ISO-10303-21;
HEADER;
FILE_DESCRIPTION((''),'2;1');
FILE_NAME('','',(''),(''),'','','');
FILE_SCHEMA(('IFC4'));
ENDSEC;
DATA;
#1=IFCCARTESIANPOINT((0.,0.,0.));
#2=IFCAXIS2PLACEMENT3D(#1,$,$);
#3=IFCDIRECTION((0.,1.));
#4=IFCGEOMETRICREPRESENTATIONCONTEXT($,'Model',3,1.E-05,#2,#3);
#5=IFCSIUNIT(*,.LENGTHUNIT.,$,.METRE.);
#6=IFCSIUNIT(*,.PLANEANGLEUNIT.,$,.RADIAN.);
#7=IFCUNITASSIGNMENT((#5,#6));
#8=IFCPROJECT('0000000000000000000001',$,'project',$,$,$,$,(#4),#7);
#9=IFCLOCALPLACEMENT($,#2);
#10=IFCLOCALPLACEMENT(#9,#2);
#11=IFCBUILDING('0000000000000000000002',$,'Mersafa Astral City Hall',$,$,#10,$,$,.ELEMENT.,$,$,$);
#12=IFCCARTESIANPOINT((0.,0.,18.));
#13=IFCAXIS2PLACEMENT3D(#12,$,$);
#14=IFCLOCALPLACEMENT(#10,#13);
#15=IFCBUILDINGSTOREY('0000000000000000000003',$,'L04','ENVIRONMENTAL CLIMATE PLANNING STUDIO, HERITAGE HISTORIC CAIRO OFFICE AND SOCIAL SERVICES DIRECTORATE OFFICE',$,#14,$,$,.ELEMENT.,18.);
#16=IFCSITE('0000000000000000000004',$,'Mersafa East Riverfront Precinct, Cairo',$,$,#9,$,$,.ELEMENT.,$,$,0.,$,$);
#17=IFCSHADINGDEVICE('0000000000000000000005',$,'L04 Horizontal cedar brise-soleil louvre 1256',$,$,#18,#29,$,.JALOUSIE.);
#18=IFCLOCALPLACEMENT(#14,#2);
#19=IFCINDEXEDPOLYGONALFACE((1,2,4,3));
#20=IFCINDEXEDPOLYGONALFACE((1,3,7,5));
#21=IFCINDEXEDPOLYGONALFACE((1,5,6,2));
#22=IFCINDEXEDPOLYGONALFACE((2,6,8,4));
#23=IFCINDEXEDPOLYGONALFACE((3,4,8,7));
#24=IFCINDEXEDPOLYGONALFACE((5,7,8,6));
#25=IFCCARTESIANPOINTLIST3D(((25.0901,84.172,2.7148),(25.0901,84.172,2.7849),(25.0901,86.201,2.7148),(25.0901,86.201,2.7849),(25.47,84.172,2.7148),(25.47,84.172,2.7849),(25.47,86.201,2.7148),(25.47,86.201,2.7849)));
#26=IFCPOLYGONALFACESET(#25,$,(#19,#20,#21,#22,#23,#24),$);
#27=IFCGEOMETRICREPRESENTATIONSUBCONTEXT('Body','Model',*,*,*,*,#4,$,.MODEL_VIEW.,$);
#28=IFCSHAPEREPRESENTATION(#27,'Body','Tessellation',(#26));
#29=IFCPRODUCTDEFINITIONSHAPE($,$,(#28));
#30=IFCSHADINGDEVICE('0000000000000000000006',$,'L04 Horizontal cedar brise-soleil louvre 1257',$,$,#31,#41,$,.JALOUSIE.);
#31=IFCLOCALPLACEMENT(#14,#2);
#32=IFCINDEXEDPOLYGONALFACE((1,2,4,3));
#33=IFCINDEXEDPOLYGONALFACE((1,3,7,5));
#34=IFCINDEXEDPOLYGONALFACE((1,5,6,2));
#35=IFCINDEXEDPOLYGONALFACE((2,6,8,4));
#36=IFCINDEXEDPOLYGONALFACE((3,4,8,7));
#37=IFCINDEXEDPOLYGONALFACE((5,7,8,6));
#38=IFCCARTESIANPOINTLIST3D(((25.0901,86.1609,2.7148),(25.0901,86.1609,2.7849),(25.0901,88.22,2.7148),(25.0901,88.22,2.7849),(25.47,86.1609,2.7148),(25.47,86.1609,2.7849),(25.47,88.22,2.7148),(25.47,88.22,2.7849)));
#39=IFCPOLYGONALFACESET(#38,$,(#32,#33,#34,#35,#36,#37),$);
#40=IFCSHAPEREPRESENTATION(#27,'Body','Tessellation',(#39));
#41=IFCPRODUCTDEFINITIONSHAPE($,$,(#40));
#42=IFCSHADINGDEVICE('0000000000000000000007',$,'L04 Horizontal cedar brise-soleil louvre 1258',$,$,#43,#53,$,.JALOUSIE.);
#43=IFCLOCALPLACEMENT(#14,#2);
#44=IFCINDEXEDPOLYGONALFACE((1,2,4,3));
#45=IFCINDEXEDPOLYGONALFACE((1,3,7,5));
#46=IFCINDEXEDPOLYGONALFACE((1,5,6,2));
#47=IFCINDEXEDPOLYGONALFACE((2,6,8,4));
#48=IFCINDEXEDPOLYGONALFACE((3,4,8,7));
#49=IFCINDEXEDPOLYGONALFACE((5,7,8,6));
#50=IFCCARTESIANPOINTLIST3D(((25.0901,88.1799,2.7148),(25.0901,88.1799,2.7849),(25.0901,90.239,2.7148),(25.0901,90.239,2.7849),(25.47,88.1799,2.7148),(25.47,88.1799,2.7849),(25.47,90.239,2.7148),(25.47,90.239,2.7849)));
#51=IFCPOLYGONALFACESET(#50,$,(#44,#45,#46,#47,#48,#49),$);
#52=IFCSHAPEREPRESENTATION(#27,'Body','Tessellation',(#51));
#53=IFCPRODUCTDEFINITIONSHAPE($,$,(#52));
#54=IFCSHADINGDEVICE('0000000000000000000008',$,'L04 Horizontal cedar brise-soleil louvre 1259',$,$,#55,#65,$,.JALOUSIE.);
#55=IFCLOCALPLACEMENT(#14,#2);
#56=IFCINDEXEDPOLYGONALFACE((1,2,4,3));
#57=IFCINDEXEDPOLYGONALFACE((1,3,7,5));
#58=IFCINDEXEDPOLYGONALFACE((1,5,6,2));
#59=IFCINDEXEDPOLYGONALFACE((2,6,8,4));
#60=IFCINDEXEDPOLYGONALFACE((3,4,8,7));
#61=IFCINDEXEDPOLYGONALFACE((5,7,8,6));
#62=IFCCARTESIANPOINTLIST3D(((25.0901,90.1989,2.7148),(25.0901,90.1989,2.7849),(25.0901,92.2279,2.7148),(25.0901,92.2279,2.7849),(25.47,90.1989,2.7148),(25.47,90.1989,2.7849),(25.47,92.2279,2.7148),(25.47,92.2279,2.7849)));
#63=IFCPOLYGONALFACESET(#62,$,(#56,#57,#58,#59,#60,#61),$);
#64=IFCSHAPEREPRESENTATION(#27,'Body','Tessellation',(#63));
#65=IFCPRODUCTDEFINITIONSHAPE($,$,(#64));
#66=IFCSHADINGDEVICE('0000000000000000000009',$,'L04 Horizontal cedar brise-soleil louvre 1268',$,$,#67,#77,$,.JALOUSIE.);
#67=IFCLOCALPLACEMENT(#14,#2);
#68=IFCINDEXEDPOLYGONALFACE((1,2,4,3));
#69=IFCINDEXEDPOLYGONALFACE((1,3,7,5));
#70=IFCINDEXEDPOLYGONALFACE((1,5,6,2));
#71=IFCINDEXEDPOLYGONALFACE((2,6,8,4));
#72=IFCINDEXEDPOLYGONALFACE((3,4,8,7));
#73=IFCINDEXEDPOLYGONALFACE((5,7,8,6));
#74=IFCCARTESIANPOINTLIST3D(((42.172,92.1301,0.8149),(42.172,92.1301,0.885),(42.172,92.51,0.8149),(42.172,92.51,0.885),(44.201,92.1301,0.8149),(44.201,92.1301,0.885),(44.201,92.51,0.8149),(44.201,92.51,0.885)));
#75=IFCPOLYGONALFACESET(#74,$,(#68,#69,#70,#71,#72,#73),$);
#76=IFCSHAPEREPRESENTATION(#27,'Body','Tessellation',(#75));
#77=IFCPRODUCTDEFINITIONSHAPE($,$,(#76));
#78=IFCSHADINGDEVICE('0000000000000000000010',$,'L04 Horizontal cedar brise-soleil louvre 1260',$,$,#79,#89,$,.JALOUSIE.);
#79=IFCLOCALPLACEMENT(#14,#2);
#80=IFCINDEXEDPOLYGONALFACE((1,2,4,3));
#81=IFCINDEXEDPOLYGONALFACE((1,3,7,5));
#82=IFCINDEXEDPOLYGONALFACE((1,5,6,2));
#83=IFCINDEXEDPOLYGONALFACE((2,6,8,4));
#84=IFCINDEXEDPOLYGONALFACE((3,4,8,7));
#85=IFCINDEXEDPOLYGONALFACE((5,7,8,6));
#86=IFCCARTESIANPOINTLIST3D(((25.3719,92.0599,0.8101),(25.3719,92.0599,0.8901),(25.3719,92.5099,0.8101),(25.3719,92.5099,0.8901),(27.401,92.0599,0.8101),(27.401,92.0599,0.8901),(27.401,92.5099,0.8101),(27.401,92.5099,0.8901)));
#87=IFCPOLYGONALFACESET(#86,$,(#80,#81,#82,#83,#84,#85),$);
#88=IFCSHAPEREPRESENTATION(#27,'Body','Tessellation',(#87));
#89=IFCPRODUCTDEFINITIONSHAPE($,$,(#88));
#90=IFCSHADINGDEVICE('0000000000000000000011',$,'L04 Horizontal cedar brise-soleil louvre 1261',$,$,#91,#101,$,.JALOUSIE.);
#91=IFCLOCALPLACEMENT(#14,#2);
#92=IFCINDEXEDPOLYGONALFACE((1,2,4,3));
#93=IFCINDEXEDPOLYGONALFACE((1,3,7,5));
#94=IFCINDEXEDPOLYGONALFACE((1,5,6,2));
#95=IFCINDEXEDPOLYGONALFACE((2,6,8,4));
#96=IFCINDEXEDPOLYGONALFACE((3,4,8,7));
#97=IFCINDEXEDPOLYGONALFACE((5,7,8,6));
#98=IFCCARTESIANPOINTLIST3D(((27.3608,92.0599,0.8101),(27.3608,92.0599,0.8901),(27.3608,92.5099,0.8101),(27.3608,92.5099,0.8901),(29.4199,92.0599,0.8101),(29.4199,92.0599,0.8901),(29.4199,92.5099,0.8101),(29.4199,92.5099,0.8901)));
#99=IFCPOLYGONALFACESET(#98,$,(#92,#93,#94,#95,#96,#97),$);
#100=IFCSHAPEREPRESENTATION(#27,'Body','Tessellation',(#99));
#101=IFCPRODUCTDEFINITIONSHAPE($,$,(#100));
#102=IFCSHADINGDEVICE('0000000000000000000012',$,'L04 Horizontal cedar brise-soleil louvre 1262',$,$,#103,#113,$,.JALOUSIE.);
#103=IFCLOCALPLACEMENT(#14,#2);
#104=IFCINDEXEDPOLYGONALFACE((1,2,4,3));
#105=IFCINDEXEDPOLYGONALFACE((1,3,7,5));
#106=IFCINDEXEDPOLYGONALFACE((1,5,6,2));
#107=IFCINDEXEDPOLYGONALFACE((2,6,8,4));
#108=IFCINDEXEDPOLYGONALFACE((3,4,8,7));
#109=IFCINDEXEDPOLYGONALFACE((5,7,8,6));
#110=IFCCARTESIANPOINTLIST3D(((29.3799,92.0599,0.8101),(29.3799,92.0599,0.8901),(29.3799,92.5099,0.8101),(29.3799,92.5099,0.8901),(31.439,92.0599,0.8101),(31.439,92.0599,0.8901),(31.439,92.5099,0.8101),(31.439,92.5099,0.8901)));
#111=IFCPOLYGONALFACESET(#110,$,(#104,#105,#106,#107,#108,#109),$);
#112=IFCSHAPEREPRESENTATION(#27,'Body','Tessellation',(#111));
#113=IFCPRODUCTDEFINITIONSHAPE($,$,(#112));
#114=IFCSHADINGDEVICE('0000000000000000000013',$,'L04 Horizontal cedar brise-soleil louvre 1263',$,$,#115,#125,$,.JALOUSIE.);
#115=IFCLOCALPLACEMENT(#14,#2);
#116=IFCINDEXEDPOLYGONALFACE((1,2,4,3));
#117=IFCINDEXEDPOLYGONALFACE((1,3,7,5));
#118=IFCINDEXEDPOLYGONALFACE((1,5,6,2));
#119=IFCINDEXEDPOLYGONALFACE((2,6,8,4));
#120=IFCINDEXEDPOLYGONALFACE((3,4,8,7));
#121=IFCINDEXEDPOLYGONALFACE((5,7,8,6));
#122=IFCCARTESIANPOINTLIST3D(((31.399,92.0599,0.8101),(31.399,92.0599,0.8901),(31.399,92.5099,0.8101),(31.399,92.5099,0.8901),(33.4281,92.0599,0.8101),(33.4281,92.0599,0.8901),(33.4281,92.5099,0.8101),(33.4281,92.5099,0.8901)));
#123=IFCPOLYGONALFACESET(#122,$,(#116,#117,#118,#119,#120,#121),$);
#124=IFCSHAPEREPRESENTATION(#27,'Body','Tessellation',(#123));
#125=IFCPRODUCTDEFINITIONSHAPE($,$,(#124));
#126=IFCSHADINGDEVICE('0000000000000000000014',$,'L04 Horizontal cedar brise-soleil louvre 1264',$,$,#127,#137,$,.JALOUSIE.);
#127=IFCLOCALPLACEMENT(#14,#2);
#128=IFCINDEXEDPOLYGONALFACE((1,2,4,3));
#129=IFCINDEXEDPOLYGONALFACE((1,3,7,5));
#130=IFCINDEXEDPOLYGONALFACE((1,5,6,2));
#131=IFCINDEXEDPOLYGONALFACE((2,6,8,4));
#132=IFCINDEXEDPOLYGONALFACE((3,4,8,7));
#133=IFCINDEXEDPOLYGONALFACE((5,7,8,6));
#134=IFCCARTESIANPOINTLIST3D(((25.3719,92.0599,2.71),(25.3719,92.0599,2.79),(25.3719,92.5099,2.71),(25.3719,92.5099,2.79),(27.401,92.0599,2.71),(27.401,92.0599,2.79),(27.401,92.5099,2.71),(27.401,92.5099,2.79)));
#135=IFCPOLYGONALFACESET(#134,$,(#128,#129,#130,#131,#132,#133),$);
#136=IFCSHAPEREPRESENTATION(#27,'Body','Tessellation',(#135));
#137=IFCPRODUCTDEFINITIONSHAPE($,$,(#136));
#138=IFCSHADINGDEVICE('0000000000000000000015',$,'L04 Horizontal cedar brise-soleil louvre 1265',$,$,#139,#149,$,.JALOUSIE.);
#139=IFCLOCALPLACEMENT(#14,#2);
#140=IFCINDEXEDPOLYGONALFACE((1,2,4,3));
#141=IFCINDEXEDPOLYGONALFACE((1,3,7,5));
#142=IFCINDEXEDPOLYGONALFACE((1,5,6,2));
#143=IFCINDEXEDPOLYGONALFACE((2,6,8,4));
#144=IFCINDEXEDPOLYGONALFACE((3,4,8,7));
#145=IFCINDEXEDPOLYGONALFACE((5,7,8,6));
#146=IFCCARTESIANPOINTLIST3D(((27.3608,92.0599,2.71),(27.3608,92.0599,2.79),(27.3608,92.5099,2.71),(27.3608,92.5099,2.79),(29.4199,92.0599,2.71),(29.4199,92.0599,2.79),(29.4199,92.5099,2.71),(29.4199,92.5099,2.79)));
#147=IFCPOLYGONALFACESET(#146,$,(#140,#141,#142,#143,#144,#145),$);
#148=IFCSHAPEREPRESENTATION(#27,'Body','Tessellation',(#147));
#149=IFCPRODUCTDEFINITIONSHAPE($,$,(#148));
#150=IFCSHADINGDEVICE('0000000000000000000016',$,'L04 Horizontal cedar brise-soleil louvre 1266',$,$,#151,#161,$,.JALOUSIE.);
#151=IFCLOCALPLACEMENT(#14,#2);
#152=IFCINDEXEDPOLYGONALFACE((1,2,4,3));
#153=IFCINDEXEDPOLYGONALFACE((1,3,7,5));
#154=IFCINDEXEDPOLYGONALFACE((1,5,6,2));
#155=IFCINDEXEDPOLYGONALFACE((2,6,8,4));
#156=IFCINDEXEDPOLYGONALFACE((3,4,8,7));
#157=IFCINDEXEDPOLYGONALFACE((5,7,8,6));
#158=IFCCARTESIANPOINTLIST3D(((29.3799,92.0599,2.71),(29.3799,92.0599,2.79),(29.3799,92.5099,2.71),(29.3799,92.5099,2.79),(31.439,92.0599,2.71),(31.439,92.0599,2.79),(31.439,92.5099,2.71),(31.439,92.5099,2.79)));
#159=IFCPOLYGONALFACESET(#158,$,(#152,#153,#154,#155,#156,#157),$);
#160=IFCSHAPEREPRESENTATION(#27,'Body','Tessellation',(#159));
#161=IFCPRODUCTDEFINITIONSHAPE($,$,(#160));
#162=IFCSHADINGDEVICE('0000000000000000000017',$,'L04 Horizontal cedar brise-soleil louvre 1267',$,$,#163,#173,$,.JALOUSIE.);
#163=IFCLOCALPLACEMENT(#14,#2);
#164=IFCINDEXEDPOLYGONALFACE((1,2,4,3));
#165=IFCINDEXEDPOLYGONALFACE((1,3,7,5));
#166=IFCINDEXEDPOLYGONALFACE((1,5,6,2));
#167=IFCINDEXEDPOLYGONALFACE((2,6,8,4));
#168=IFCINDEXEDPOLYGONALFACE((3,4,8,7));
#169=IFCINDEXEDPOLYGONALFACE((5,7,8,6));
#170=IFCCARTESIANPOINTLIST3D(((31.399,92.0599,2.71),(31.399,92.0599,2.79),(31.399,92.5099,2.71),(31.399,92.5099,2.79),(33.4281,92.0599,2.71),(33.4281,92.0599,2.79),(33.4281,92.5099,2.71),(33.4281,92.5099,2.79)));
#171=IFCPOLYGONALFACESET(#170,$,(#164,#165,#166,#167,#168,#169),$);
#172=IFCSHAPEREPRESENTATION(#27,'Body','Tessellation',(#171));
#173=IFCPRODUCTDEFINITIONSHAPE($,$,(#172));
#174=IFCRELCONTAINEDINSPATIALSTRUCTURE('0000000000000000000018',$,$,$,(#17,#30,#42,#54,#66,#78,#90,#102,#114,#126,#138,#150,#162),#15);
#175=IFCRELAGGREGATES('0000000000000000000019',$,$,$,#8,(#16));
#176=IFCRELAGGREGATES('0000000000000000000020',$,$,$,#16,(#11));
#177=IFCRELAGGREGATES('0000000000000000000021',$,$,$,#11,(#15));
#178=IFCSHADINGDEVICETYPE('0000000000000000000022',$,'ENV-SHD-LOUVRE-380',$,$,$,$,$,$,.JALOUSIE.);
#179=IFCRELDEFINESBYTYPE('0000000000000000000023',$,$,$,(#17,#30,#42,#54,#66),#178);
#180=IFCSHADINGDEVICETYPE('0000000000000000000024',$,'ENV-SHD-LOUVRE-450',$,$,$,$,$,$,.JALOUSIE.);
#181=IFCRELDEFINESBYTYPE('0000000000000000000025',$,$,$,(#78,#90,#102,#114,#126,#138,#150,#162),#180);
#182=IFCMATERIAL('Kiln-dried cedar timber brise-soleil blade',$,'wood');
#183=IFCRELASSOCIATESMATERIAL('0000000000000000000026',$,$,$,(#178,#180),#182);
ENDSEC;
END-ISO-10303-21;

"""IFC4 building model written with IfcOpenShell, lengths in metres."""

from ifc_helpers import new_model, si_unit, direction, frame, origin, origin_2d, place, context, subcontext, project, spatial, rectangle, extrude, material, type_object, element, save


model = new_model("IFC4")

# Units and contexts
model_context = context("Model", 3, precision=1e-05, world=origin(), true_north=direction((0.0, 1.0)))
body_context = subcontext(model_context, "Body", "Model", "MODEL_VIEW")
ifc_project = project(units=[si_unit("LENGTHUNIT", "METRE"), si_unit("PLANEANGLEUNIT", "RADIAN")], contexts=[model_context])

# Site, building, storey
site_placement = place(None, origin())
site = spatial("IfcSite", under=ifc_project, at=site_placement, Name="Mersafa East Riverfront Precinct, Cairo", CompositionType="ELEMENT", RefElevation=0.0)
building_placement = place(site_placement, origin())
building = spatial("IfcBuilding", under=site, at=building_placement, Name="Mersafa Astral City Hall", CompositionType="ELEMENT")
storey_placement = place(building_placement, frame((0.0, 0.0, 18.0)))
storey = spatial("IfcBuildingStorey", under=building, at=storey_placement, Name="L04", Description="ENVIRONMENTAL CLIMATE PLANNING STUDIO, HERITAGE HISTORIC CAIRO OFFICE AND SOCIAL SERVICES DIRECTORATE OFFICE", CompositionType="ELEMENT", Elevation=18.0)

# Shading devices
ifc_material_1 = material(Name="Kiln-dried cedar timber brise-soleil blade", Category="wood")
shading_device_type_1 = type_object("IfcShadingDeviceType", Name="ENV-SHD-LOUVRE-380", PredefinedType="JALOUSIE", material=ifc_material_1)
for number, where, z_axis, x_axis, name in (
    (1, (25.28, 85.1865, 2.7148), (0.0, 0.0, 1.0), (0.0, 1.0, 0.0), "L04 Horizontal cedar brise-soleil louvre 1256"),
):
    element("IfcShadingDevice", number, at=place(storey_placement, frame(where, z_axis=z_axis, x_axis=x_axis)), inside=storey, type_object=shading_device_type_1, Name=name, PredefinedType="JALOUSIE", context=body_context, shape_type="SweptSolid", body=[
        extrude(rectangle(XDim=2.0291, YDim=0.3799, at=origin_2d()), origin(), (0.0, 0.0, 1.0), 0.0701),
    ])
for number, where, z_axis, x_axis, name in (
    (2, (25.28, 87.1904, 2.7148), (0.0, 0.0, 1.0), (0.0, 1.0, 0.0), "L04 Horizontal cedar brise-soleil louvre 1257"),
    (3, (25.28, 89.2095, 2.7148), (0.0, 0.0, 1.0), (0.0, 1.0, 0.0), "L04 Horizontal cedar brise-soleil louvre 1258"),
):
    element("IfcShadingDevice", number, at=place(storey_placement, frame(where, z_axis=z_axis, x_axis=x_axis)), inside=storey, type_object=shading_device_type_1, Name=name, PredefinedType="JALOUSIE", context=body_context, shape_type="SweptSolid", body=[
        extrude(rectangle(XDim=2.0591, YDim=0.3799, at=origin_2d()), origin(), (0.0, 0.0, 1.0), 0.0701),
    ])
for number, where, z_axis, x_axis, name in (
    (4, (25.28, 91.2134, 2.7148), (0.0, 0.0, 1.0), (0.0, 1.0, 0.0), "L04 Horizontal cedar brise-soleil louvre 1259"),
    (5, (43.1865, 92.3201, 0.8149), (0.0, 0.0, 1.0), (1.0, 0.0, 0.0), "L04 Horizontal cedar brise-soleil louvre 1268"),
):
    element("IfcShadingDevice", number, at=place(storey_placement, frame(where, z_axis=z_axis, x_axis=x_axis)), inside=storey, type_object=shading_device_type_1, Name=name, PredefinedType="JALOUSIE", context=body_context, shape_type="SweptSolid", body=[
        extrude(rectangle(XDim=2.0291, YDim=0.3799, at=origin_2d()), origin(), (0.0, 0.0, 1.0), 0.0701),
    ])
shading_device_type_2 = type_object("IfcShadingDeviceType", Name="ENV-SHD-LOUVRE-450", PredefinedType="JALOUSIE", material=ifc_material_1)
shading_device_1_placement = place(storey_placement, frame((26.3865, 92.2849, 0.8101), z_axis=(0.0, 0.0, 1.0), x_axis=(1.0, 0.0, 0.0)))
element("IfcShadingDevice", 6, at=shading_device_1_placement, inside=storey, type_object=shading_device_type_2, Name="L04 Horizontal cedar brise-soleil louvre 1260", PredefinedType="JALOUSIE", context=body_context, shape_type="SweptSolid", body=[
    extrude(rectangle(XDim=2.0291, YDim=0.45, at=origin_2d()), origin(), (0.0, 0.0, 1.0), 0.0801),
])
for number, where, z_axis, x_axis, name in (
    (7, (28.3904, 92.2849, 0.8101), (0.0, 0.0, 1.0), (1.0, 0.0, 0.0), "L04 Horizontal cedar brise-soleil louvre 1261"),
    (8, (30.4094, 92.2849, 0.8101), (0.0, 0.0, 1.0), (1.0, 0.0, 0.0), "L04 Horizontal cedar brise-soleil louvre 1262"),
):
    element("IfcShadingDevice", number, at=place(storey_placement, frame(where, z_axis=z_axis, x_axis=x_axis)), inside=storey, type_object=shading_device_type_2, Name=name, PredefinedType="JALOUSIE", context=body_context, shape_type="SweptSolid", body=[
        extrude(rectangle(XDim=2.0591, YDim=0.45, at=origin_2d()), origin(), (0.0, 0.0, 1.0), 0.0801),
    ])
for number, where, z_axis, x_axis, name in (
    (9, (32.4136, 92.2849, 0.8101), (0.0, 0.0, 1.0), (1.0, 0.0, 0.0), "L04 Horizontal cedar brise-soleil louvre 1263"),
    (10, (26.3865, 92.2849, 2.71), (0.0, 0.0, 1.0), (1.0, 0.0, 0.0), "L04 Horizontal cedar brise-soleil louvre 1264"),
):
    element("IfcShadingDevice", number, at=place(storey_placement, frame(where, z_axis=z_axis, x_axis=x_axis)), inside=storey, type_object=shading_device_type_2, Name=name, PredefinedType="JALOUSIE", context=body_context, shape_type="SweptSolid", body=[
        extrude(rectangle(XDim=2.0291, YDim=0.45, at=origin_2d()), origin(), (0.0, 0.0, 1.0), 0.0801),
    ])
for number, where, z_axis, x_axis, name in (
    (11, (28.3904, 92.2849, 2.71), (0.0, 0.0, 1.0), (1.0, 0.0, 0.0), "L04 Horizontal cedar brise-soleil louvre 1265"),
    (12, (30.4094, 92.2849, 2.71), (0.0, 0.0, 1.0), (1.0, 0.0, 0.0), "L04 Horizontal cedar brise-soleil louvre 1266"),
):
    element("IfcShadingDevice", number, at=place(storey_placement, frame(where, z_axis=z_axis, x_axis=x_axis)), inside=storey, type_object=shading_device_type_2, Name=name, PredefinedType="JALOUSIE", context=body_context, shape_type="SweptSolid", body=[
        extrude(rectangle(XDim=2.0591, YDim=0.45, at=origin_2d()), origin(), (0.0, 0.0, 1.0), 0.0801),
    ])
shading_device_2_placement = place(storey_placement, frame((32.4136, 92.2849, 2.71), z_axis=(0.0, 0.0, 1.0), x_axis=(1.0, 0.0, 0.0)))
element("IfcShadingDevice", 13, at=shading_device_2_placement, inside=storey, type_object=shading_device_type_2, Name="L04 Horizontal cedar brise-soleil louvre 1267", PredefinedType="JALOUSIE", context=body_context, shape_type="SweptSolid", body=[
    extrude(rectangle(XDim=2.0291, YDim=0.45, at=origin_2d()), origin(), (0.0, 0.0, 1.0), 0.0801),
])

save(model, "model.ifc")
